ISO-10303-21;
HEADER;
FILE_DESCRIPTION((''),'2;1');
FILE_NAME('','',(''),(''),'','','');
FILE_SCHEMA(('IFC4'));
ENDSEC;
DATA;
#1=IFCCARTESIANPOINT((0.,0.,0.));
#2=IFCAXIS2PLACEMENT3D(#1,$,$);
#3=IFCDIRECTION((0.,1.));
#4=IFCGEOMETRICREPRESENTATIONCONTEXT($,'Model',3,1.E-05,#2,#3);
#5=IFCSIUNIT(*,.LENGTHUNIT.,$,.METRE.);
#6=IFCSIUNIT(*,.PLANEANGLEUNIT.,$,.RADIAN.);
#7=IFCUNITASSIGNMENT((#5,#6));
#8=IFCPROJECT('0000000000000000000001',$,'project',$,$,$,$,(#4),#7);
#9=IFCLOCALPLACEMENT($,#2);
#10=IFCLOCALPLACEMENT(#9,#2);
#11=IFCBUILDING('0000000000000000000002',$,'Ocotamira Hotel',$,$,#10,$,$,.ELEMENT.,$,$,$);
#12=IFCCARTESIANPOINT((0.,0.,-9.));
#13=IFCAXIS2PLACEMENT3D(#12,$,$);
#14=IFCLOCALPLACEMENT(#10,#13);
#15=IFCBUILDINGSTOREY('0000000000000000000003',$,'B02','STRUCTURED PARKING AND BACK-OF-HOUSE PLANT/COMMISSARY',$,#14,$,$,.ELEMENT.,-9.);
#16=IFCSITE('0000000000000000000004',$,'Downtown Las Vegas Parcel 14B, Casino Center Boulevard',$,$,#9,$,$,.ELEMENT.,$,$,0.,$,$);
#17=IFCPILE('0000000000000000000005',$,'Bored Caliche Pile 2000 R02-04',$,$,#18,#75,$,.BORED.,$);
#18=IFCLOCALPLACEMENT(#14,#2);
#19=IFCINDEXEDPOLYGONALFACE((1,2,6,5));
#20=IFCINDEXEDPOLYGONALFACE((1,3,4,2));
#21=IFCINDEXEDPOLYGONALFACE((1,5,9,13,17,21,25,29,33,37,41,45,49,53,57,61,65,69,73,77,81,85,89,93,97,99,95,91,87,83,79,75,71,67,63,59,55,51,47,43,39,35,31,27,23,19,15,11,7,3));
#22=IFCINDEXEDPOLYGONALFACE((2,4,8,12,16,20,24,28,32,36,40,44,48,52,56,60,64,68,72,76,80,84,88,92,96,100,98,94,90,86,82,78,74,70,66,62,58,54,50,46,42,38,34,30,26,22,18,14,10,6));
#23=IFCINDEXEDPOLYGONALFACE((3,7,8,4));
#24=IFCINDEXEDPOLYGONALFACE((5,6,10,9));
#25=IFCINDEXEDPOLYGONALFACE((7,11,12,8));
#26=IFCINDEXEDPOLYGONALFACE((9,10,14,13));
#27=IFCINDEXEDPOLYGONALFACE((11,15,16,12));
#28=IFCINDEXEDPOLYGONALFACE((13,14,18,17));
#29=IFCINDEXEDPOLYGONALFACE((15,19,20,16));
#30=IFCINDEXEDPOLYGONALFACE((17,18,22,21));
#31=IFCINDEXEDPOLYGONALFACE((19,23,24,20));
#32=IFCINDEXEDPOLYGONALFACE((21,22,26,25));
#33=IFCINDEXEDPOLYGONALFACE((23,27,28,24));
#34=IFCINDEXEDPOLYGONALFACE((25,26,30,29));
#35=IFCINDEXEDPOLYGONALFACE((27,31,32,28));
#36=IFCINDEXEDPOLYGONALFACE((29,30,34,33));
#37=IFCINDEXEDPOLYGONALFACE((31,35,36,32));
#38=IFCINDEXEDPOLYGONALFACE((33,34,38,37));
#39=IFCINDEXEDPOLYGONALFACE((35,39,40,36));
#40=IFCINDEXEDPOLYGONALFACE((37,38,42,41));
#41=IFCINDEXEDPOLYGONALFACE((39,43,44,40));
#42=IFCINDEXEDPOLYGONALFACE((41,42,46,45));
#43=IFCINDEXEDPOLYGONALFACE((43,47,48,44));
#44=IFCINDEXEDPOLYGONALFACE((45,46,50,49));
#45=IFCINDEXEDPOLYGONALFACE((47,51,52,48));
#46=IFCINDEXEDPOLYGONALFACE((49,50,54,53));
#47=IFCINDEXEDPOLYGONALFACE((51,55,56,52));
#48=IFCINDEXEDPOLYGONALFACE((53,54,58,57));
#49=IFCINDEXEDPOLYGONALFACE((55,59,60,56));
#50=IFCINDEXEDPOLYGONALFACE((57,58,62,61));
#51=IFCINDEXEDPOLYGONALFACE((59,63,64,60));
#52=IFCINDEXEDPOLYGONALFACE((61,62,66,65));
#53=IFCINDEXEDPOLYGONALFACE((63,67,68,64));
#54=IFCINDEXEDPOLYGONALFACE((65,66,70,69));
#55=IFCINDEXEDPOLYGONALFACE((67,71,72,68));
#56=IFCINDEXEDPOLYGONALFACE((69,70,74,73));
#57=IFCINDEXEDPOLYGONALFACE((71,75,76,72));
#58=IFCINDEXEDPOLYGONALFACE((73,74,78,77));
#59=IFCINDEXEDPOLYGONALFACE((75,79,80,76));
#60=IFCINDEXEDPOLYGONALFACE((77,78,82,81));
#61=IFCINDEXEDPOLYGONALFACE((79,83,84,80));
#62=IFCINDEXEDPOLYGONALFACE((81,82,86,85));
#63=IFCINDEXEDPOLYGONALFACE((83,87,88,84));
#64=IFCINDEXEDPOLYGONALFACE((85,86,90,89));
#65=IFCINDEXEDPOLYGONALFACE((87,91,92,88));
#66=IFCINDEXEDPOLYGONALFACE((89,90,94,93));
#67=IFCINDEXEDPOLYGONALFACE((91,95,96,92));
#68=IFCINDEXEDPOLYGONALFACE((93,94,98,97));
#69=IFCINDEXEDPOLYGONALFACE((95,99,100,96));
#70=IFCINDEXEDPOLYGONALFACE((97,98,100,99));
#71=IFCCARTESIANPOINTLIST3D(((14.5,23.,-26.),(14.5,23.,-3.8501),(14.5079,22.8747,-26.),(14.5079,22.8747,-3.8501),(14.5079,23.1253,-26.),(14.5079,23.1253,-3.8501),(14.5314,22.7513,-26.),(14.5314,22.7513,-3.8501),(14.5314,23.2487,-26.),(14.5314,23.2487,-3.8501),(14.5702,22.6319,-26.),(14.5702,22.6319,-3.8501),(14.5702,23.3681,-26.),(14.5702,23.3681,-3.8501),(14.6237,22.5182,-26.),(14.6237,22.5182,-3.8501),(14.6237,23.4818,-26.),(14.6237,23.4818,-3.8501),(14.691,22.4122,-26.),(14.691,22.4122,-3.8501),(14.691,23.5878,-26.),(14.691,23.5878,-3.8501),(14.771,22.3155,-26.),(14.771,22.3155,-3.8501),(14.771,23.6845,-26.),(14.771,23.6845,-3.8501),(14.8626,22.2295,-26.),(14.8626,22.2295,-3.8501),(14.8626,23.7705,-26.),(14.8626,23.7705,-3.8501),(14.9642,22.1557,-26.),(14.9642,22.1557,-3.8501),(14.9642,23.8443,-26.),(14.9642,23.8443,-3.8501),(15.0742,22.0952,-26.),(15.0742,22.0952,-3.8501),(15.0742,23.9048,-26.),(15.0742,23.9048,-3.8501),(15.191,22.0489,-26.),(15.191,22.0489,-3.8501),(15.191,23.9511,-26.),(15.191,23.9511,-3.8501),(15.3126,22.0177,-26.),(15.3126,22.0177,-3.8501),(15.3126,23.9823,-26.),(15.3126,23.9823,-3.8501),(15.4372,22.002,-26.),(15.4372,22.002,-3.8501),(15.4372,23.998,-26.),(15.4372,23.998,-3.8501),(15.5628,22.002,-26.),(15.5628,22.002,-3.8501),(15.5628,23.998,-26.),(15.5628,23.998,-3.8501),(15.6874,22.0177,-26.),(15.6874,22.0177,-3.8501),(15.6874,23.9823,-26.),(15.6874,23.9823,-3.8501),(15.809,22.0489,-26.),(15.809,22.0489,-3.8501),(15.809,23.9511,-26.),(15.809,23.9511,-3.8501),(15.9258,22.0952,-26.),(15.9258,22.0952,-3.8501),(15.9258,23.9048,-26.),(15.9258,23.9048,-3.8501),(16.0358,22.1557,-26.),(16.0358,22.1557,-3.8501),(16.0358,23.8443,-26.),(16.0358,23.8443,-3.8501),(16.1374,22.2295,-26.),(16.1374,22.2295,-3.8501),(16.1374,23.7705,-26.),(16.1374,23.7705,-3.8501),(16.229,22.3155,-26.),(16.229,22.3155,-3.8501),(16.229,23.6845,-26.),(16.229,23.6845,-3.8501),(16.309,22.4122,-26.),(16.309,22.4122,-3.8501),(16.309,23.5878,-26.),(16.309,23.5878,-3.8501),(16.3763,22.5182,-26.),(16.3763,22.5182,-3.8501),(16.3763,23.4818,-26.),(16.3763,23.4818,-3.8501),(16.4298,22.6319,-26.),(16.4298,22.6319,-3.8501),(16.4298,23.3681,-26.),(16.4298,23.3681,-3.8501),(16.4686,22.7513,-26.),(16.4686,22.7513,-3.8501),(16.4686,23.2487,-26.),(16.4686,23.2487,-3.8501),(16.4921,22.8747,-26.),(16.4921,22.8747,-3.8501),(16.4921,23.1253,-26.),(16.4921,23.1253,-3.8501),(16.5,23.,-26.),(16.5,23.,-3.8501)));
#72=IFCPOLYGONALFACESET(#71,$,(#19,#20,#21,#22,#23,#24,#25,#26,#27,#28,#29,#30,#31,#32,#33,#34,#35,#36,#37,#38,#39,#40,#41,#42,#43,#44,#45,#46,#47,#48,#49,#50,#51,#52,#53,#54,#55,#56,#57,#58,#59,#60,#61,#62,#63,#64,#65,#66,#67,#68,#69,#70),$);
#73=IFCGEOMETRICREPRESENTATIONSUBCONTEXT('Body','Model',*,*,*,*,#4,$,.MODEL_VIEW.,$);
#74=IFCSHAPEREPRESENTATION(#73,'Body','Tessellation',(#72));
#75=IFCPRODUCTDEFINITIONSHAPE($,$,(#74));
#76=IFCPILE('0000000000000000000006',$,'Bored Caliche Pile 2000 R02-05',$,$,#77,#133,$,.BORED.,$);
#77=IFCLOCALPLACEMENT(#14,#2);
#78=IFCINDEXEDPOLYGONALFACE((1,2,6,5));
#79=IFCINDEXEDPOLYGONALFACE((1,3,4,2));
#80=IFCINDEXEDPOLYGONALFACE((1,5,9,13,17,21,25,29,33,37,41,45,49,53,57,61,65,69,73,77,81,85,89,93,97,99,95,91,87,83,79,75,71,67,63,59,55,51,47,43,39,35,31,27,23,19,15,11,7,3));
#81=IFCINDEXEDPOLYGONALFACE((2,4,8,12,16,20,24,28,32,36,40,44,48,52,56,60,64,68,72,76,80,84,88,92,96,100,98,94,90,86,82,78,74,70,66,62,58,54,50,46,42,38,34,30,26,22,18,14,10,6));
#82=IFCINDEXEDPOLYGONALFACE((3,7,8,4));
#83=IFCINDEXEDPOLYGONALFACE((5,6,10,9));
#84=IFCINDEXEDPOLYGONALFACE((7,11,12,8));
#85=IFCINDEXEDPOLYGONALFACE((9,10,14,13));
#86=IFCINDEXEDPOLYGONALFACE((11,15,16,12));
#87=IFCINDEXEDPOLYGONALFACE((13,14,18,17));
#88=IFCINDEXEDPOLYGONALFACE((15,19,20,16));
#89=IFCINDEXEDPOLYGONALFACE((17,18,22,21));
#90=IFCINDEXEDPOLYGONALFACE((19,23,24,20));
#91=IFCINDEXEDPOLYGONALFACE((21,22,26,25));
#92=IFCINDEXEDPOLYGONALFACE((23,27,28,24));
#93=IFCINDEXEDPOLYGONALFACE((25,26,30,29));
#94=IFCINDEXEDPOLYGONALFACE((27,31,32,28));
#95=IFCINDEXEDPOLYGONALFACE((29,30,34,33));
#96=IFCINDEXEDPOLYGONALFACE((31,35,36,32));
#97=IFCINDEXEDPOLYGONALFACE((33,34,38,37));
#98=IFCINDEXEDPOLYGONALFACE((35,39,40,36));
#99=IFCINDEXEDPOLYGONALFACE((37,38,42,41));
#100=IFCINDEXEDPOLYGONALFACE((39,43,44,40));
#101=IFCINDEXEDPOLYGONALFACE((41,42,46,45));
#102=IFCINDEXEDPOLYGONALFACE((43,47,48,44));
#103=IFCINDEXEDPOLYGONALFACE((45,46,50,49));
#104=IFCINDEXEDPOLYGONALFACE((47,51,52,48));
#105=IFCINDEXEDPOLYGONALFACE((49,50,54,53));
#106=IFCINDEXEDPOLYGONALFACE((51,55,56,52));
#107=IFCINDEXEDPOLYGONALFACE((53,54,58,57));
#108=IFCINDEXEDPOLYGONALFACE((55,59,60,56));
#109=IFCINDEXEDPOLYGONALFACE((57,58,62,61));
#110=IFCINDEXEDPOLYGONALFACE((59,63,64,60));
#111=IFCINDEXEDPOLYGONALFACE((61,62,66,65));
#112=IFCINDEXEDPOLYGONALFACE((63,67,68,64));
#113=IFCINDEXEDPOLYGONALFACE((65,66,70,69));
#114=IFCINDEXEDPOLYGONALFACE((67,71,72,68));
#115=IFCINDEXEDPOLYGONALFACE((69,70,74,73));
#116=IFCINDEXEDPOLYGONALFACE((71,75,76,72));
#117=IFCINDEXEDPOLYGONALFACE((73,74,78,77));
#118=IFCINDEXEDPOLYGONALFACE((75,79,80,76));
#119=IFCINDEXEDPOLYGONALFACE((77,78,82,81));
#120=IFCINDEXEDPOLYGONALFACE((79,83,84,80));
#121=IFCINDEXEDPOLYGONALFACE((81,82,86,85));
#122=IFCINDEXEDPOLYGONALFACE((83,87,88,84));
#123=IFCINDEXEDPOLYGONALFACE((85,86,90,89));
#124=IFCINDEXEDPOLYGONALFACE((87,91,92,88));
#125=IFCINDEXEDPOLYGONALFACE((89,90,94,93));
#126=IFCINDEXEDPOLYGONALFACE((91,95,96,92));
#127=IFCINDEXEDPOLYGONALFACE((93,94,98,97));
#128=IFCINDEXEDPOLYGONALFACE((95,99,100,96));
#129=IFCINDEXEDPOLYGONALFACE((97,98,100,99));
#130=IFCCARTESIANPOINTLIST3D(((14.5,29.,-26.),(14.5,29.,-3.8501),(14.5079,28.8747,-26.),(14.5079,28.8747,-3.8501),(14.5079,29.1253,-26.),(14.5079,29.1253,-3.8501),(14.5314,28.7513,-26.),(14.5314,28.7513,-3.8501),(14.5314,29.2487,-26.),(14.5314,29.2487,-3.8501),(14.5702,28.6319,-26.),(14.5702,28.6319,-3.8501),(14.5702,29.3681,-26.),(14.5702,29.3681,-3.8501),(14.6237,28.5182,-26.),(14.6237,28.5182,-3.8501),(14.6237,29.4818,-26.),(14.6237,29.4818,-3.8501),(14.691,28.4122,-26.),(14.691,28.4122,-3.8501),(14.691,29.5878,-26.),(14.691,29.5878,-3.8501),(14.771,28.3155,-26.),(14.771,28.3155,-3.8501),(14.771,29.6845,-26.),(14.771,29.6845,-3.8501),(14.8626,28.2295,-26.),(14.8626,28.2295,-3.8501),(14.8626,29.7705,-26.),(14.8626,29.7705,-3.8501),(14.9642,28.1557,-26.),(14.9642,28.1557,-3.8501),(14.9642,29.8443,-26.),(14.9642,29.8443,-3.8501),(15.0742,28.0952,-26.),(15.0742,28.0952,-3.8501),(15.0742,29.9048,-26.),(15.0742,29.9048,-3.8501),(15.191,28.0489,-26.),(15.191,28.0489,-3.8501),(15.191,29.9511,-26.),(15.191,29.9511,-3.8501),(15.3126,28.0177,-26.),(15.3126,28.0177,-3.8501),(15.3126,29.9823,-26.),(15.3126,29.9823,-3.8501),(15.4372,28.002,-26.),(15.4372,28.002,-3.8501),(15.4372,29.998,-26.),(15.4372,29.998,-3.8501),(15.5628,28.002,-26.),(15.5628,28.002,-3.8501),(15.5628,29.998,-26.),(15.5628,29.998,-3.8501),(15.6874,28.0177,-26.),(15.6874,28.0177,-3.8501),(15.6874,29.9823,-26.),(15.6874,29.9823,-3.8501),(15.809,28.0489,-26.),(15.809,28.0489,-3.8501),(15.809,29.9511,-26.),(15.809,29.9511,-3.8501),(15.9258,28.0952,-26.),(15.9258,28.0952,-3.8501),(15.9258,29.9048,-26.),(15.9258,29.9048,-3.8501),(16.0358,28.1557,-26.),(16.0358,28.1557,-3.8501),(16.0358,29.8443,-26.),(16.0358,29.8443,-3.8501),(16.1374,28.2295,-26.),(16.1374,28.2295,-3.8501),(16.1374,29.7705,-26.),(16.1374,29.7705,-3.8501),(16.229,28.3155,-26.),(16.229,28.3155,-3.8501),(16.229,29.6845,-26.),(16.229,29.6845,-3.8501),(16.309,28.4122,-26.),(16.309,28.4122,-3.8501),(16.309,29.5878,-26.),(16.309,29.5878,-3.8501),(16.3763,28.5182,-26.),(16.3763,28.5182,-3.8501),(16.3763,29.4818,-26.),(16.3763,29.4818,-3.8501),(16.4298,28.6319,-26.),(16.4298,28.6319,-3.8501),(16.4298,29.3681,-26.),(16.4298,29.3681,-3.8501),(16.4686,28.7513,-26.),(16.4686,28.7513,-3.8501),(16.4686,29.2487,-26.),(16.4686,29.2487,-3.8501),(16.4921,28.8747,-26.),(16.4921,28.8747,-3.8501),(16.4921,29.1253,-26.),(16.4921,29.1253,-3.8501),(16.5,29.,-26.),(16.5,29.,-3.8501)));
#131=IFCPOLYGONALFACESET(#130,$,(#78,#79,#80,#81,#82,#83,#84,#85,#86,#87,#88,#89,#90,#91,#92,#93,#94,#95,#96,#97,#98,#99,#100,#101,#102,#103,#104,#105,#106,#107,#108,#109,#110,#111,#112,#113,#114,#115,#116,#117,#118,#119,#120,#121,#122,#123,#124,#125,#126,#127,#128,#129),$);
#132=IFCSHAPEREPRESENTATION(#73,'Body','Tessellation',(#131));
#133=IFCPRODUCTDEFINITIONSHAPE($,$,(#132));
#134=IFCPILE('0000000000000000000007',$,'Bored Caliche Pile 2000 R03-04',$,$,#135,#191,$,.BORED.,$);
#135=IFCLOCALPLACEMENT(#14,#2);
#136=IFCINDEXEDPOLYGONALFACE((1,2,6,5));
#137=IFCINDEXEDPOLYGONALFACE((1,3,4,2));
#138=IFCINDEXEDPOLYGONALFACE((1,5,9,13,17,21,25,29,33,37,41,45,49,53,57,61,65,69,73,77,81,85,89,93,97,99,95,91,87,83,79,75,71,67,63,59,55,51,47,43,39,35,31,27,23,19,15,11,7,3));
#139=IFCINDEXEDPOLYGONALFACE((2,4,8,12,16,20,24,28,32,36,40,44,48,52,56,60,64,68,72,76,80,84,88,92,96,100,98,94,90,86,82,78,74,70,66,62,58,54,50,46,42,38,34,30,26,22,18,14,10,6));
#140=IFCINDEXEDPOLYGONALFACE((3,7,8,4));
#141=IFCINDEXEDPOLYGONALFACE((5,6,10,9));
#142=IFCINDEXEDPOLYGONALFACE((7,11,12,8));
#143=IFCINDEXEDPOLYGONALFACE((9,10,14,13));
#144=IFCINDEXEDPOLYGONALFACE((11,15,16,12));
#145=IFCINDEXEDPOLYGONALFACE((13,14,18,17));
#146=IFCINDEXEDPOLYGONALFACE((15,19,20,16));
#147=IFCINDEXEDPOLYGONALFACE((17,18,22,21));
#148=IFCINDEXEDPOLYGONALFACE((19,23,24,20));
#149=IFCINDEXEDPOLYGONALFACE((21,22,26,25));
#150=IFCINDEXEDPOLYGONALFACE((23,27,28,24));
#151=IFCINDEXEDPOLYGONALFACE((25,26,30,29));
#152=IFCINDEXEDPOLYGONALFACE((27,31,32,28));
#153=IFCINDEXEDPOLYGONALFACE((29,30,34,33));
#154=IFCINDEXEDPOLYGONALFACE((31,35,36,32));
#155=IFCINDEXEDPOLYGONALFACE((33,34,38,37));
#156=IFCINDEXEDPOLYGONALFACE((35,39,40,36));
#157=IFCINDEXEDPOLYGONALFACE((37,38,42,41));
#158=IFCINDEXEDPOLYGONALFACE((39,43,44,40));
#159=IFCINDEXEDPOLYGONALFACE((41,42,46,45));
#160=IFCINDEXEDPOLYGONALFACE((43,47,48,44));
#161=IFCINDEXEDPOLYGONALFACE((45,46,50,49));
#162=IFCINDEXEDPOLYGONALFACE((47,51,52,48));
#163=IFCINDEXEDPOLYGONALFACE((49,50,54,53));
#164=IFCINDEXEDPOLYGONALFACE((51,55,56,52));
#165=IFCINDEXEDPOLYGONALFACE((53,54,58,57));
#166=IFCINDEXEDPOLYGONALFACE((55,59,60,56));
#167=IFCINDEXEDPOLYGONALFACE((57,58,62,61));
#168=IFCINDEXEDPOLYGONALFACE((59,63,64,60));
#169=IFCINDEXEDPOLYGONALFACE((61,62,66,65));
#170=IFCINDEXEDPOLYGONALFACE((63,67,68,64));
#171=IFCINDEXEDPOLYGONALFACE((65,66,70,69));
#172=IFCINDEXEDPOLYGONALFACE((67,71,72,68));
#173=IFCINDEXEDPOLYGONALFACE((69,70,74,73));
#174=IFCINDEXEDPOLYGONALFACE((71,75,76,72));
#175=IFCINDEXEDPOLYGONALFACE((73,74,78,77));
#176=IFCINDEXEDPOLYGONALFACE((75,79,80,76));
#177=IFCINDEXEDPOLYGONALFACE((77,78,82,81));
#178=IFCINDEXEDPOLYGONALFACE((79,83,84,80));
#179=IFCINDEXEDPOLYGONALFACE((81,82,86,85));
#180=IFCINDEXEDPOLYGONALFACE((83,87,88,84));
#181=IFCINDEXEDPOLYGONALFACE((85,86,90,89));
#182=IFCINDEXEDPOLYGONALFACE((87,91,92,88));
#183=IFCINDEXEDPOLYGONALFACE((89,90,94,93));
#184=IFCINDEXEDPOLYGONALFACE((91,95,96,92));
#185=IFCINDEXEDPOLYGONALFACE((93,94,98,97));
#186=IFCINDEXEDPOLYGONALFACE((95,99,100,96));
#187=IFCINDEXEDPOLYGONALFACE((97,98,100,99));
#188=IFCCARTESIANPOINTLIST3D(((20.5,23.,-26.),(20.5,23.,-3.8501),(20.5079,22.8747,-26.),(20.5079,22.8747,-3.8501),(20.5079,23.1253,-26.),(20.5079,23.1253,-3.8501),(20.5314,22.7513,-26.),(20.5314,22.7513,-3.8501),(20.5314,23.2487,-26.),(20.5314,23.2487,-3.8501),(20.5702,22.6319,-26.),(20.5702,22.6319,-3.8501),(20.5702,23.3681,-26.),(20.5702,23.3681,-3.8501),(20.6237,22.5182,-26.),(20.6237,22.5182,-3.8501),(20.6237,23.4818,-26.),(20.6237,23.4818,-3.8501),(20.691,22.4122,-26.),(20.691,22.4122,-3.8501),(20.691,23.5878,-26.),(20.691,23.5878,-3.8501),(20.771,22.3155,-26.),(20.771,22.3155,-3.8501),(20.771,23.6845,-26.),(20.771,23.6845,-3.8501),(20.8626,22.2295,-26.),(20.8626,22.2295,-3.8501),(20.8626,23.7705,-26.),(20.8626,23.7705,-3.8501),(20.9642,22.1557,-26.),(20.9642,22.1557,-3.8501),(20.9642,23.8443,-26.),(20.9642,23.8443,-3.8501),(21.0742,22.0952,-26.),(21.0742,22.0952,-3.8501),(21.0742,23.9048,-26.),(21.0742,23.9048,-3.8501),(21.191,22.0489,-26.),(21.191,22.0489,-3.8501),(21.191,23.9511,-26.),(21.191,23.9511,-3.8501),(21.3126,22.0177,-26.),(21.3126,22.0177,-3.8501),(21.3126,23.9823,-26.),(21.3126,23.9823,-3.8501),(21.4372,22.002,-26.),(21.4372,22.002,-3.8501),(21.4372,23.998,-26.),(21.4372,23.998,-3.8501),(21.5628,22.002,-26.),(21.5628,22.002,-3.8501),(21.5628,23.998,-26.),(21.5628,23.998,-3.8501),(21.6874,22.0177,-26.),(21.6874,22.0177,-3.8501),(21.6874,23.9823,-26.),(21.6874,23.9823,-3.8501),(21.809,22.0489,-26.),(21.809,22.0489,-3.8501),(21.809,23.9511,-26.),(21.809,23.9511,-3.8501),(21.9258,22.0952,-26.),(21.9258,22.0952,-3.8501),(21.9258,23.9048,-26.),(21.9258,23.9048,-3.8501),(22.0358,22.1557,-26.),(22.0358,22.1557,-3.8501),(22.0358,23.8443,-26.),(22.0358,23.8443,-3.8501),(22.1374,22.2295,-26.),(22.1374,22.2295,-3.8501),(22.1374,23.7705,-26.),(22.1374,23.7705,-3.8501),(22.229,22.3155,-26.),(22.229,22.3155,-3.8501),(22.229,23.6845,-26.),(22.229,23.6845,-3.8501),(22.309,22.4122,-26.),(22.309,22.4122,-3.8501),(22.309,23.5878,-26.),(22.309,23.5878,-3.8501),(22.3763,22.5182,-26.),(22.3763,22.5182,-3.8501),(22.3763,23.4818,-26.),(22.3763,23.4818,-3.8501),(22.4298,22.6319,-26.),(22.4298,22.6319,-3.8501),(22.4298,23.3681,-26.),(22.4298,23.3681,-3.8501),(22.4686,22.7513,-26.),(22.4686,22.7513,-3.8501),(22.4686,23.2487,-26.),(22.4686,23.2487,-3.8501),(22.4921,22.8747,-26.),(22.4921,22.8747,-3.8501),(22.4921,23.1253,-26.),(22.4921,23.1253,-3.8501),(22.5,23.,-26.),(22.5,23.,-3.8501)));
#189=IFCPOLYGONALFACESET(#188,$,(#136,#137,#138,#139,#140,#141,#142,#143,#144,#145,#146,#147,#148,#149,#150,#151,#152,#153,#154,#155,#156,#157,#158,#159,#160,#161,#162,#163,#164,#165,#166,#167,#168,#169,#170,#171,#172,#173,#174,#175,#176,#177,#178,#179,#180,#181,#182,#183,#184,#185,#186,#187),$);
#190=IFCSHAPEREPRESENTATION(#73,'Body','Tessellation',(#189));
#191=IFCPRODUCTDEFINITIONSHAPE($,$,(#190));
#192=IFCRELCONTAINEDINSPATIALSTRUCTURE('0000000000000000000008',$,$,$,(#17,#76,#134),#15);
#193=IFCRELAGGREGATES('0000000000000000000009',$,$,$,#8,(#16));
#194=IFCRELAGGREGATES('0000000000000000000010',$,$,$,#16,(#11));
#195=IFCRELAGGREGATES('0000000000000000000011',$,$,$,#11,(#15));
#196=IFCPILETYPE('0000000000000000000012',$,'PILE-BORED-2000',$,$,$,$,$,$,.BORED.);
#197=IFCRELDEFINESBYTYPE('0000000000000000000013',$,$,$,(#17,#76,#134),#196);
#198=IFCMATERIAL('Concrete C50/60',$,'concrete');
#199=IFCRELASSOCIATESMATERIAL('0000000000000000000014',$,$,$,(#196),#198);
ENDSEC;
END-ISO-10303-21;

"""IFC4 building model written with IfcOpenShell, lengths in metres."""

from ifc_helpers import new_model, si_unit, direction, frame, origin, origin_2d, place, context, subcontext, project, spatial, circle, extrude, source, transform, mapped, material, material_profile, profile_set, type_object, element, save


model = new_model("IFC4")

# Units and contexts
model_context = context("Model", 3, precision=1e-05, world=origin(), true_north=direction((0.0, 1.0)))
body_context = subcontext(model_context, "Body", "Model", "MODEL_VIEW")
ifc_project = project(units=[si_unit("LENGTHUNIT", "METRE"), si_unit("PLANEANGLEUNIT", "RADIAN")], contexts=[model_context])

# Site, building, storey
site_placement = place(None, origin())
site = spatial("IfcSite", under=ifc_project, at=site_placement, Name="Downtown Las Vegas Parcel 14B, Casino Center Boulevard", CompositionType="ELEMENT", RefElevation=0.0)
building_placement = place(site_placement, origin())
building = spatial("IfcBuilding", under=site, at=building_placement, Name="Ocotamira Hotel", CompositionType="ELEMENT")
storey_placement = place(building_placement, frame((0.0, 0.0, -9.0)))
storey = spatial("IfcBuildingStorey", under=building, at=storey_placement, Name="B02", Description="STRUCTURED PARKING AND BACK-OF-HOUSE PLANT/COMMISSARY", CompositionType="ELEMENT", Elevation=-9.0)

# Piles
ifc_material_1 = material(Name="Concrete C50/60", Category="concrete")
ifc_material_profile_1 = material_profile(ifc_material_1, circle(Radius=1.0, at=origin_2d()), Name="PILE2000")
ifc_profile_set_1 = profile_set([ifc_material_profile_1], Name="Concrete C50/60")
pile_type = type_object("IfcPileType", Name="PILE-BORED-2000", PredefinedType="BORED", material=ifc_profile_set_1)
shared_shape_1 = source(origin(), body_context, "Body", "SweptSolid", [
    extrude(circle(Radius=1.0, at=origin_2d()), origin(), (0.0, 0.0, 1.0), 22.1499),
])
for number, where, z_axis, x_axis, name in (
    (1, (15.5, 23.0, -3.8501), (0.0, 0.0, -1.0), (1.0, 0.0, 0.0), "Bored Caliche Pile 2000 R02-04"),
    (2, (15.5, 29.0, -3.8501), (0.0, 0.0, -1.0), (1.0, 0.0, 0.0), "Bored Caliche Pile 2000 R02-05"),
    (3, (21.5, 23.0, -3.8501), (0.0, 0.0, -1.0), (1.0, 0.0, 0.0), "Bored Caliche Pile 2000 R03-04"),
):
    element("IfcPile", number, at=place(storey_placement, frame(where, z_axis=z_axis, x_axis=x_axis)), inside=storey, type_object=pile_type, Name=name, PredefinedType="BORED", context=body_context, shape_type="MappedRepresentation", body=[
        mapped(shared_shape_1, transform((0.0, 0.0, 0.0), scale=1.0)),
    ])

save(model, "model.ifc")
